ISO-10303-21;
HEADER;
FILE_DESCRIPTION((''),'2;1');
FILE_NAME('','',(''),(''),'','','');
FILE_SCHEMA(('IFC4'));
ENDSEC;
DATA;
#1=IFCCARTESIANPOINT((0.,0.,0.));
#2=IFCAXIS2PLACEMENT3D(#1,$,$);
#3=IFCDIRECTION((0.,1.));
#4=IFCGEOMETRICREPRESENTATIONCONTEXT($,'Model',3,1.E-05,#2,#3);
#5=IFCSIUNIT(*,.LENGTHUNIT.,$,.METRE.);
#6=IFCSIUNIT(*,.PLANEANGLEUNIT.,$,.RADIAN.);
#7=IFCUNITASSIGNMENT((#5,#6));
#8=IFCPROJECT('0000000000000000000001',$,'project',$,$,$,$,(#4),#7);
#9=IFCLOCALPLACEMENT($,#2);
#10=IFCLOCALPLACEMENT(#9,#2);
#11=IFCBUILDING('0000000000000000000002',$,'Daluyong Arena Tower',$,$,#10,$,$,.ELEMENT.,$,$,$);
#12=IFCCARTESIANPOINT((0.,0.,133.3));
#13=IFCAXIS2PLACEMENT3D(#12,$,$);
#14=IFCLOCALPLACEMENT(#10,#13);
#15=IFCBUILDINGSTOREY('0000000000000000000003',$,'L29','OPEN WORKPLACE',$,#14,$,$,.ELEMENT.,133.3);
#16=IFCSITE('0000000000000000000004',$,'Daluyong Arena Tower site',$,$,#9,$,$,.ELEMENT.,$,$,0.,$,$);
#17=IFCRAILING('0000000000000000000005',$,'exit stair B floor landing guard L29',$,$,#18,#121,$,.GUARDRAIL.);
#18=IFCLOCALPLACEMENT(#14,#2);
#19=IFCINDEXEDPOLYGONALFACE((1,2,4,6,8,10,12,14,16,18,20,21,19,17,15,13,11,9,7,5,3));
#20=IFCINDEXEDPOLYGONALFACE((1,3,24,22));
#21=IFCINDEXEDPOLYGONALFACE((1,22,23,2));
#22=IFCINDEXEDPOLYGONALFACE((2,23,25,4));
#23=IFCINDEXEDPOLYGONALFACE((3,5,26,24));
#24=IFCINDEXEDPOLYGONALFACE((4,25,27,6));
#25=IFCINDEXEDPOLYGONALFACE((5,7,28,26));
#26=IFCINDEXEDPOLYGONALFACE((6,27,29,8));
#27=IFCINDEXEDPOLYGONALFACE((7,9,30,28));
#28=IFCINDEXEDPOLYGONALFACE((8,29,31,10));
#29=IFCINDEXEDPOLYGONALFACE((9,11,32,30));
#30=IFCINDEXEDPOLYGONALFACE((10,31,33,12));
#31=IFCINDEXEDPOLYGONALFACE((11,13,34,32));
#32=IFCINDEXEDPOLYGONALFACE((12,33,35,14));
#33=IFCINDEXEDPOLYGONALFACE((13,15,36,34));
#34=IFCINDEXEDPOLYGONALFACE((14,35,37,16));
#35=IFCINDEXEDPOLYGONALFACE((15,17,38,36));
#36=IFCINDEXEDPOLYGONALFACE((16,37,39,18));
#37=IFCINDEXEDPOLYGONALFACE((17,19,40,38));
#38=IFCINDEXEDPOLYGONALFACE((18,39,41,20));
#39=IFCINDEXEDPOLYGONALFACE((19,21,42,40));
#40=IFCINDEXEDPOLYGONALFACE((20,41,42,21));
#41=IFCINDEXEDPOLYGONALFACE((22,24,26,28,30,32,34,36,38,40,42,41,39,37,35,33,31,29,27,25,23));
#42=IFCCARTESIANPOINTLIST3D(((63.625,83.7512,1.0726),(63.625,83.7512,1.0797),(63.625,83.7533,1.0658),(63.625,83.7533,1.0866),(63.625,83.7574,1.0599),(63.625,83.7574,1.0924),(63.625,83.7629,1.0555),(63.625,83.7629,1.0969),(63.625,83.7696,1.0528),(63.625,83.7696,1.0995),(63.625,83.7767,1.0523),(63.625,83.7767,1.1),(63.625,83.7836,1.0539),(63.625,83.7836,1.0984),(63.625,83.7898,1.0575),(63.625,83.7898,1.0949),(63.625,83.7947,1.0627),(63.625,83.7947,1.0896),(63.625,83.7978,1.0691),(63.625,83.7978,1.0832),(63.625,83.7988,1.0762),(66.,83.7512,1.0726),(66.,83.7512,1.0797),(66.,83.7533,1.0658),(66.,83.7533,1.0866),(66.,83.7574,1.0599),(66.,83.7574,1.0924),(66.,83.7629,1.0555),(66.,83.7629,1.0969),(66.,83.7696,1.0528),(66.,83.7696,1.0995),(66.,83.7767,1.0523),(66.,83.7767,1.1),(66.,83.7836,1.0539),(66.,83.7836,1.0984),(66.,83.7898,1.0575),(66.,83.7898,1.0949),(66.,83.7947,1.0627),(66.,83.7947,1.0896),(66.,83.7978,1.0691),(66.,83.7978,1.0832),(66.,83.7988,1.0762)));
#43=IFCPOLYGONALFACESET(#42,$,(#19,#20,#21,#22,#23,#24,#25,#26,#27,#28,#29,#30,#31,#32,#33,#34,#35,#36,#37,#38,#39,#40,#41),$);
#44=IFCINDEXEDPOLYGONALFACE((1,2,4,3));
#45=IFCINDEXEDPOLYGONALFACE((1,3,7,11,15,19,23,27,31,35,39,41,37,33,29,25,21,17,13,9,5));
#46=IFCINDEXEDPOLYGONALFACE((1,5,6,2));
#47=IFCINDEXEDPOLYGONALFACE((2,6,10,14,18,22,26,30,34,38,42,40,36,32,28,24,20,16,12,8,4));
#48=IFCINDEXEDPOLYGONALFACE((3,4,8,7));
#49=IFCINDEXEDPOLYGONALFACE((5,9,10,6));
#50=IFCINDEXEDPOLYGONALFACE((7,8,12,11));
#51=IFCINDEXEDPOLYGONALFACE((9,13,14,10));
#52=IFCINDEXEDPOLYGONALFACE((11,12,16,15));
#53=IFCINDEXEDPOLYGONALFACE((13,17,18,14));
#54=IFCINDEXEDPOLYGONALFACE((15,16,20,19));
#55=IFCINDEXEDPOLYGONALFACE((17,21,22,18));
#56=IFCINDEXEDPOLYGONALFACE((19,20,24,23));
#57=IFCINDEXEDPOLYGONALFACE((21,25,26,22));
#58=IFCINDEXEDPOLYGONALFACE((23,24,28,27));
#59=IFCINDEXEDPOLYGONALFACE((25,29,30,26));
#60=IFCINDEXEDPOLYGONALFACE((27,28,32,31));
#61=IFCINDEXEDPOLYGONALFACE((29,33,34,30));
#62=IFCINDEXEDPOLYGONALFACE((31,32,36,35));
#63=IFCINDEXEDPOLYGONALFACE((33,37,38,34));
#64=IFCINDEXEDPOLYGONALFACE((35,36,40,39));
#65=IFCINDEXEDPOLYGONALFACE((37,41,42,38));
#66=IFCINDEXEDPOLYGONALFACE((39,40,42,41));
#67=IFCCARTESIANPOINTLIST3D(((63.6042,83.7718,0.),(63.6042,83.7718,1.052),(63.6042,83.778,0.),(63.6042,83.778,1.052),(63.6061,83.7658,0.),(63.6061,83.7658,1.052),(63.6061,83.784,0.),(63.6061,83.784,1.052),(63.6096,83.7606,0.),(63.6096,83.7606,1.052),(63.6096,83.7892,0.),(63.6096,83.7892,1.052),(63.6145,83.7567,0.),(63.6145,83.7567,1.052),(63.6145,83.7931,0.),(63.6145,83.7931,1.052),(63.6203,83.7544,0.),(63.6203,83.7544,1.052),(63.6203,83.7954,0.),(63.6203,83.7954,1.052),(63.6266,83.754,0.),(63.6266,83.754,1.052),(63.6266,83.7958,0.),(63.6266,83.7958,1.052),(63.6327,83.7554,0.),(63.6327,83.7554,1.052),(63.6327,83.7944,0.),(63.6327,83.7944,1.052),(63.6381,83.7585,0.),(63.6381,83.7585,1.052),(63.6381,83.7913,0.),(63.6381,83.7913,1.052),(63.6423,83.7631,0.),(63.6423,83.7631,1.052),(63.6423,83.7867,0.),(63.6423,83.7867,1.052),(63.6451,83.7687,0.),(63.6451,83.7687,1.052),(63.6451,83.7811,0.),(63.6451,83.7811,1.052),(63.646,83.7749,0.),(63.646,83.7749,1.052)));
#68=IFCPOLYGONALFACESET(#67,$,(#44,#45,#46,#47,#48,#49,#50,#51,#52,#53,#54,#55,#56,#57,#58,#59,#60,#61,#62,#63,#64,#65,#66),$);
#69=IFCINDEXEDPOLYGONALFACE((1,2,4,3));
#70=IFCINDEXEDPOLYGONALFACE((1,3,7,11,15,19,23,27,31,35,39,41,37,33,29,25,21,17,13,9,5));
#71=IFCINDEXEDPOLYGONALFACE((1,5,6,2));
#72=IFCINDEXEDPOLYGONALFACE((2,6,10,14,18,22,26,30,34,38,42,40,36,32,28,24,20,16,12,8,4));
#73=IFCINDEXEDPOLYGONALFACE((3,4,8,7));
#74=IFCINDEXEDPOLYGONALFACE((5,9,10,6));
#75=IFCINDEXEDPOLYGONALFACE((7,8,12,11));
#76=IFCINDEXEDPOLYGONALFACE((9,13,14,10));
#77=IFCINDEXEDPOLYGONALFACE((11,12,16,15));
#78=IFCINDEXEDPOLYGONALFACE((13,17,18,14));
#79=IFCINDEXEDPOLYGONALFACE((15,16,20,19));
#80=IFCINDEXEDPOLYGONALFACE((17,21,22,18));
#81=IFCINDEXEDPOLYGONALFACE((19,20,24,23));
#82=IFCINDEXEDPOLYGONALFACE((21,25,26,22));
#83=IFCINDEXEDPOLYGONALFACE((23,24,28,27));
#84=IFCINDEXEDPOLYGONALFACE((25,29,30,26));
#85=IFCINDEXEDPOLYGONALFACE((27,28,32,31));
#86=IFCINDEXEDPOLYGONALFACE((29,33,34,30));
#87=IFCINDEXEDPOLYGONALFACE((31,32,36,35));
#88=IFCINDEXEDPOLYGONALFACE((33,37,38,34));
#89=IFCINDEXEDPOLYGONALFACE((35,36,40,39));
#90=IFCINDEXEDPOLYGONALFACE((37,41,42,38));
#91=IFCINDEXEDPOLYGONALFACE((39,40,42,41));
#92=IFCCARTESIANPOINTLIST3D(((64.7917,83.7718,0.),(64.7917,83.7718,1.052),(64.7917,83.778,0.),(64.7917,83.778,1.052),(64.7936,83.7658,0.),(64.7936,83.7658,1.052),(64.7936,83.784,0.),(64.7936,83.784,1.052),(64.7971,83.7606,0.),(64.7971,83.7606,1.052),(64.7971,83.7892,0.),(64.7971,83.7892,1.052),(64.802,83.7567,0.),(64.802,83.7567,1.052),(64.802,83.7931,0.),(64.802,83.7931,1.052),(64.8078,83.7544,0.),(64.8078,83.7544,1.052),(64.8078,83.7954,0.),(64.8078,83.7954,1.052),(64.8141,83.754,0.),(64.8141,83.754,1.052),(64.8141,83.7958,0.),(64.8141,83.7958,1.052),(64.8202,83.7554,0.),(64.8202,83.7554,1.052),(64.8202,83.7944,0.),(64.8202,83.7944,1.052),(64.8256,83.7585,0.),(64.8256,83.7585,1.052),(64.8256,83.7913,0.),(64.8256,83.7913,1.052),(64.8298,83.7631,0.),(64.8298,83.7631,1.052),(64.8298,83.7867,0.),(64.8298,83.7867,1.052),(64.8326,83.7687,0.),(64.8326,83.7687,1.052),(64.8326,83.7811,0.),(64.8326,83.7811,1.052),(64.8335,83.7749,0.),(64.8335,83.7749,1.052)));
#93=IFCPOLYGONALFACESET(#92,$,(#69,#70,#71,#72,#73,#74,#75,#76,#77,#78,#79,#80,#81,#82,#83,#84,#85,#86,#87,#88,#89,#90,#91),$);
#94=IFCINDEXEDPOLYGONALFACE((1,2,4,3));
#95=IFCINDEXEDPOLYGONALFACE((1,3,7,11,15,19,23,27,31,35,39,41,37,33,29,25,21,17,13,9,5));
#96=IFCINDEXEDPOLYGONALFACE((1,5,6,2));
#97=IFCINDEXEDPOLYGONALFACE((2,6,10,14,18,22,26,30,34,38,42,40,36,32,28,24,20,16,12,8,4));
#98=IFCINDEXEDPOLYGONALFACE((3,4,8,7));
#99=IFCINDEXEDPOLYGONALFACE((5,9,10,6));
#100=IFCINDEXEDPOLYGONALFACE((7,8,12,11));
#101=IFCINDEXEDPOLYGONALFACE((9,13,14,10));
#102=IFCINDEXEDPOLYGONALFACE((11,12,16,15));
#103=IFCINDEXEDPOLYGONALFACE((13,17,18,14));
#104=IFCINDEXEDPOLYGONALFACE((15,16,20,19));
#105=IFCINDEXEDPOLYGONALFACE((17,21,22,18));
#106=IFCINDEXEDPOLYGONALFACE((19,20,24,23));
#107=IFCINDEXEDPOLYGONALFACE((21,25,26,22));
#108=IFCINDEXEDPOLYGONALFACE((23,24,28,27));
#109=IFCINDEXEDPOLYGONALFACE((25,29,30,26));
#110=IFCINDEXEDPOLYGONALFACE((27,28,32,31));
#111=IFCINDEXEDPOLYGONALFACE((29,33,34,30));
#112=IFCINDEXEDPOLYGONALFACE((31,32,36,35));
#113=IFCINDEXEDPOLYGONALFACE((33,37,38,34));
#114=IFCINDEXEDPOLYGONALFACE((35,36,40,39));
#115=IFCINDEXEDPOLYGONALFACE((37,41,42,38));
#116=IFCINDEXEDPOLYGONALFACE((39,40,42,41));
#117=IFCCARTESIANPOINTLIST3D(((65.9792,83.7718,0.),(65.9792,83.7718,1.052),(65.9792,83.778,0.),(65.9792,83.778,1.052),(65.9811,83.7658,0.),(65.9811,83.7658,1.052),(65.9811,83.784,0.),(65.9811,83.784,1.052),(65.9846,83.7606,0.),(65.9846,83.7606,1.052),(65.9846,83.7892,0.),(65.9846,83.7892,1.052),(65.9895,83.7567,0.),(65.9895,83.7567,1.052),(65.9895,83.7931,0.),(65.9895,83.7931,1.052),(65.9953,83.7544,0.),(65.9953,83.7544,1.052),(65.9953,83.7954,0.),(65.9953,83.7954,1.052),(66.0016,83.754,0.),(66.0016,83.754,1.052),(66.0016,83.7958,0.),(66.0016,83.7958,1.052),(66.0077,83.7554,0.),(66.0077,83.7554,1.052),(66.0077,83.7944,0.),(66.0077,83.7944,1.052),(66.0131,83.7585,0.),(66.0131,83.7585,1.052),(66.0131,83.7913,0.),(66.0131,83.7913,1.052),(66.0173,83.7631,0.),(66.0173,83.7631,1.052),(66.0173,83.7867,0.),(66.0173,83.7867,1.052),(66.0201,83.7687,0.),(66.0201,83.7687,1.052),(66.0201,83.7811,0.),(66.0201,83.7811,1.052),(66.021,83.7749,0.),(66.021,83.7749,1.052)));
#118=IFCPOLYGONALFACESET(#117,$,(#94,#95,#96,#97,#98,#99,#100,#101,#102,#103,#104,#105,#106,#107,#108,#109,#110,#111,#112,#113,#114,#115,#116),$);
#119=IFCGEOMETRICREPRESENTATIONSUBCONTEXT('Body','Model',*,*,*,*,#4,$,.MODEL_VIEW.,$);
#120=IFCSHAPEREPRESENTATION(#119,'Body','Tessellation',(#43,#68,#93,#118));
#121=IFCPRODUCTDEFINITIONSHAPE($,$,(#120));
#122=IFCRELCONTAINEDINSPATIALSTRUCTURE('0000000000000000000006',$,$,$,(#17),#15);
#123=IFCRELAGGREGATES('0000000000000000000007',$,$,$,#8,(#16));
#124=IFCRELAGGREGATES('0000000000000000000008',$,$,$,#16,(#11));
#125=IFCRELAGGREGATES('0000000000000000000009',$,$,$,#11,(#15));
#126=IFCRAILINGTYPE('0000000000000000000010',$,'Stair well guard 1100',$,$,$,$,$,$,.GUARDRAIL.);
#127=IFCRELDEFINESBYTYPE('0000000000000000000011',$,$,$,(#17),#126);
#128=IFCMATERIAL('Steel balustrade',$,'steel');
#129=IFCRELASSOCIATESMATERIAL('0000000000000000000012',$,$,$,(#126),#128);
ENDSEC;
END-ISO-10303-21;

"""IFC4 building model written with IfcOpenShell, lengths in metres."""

from ifc_helpers import new_model, si_unit, direction, frame, origin, origin_2d, place, context, subcontext, project, spatial, circle, extrude, material, type_object, element, save


model = new_model("IFC4")

# Units and contexts
model_context = context("Model", 3, precision=1e-05, world=origin(), true_north=direction((0.0, 1.0)))
body_context = subcontext(model_context, "Body", "Model", "MODEL_VIEW")
ifc_project = project(units=[si_unit("LENGTHUNIT", "METRE"), si_unit("PLANEANGLEUNIT", "RADIAN")], contexts=[model_context])

# Site, building, storey
site_placement = place(None, origin())
site = spatial("IfcSite", under=ifc_project, at=site_placement, Name="Daluyong Arena Tower site", CompositionType="ELEMENT", RefElevation=0.0)
building_placement = place(site_placement, origin())
building = spatial("IfcBuilding", under=site, at=building_placement, Name="Daluyong Arena Tower", CompositionType="ELEMENT")
storey_placement = place(building_placement, frame((0.0, 0.0, 133.3)))
storey = spatial("IfcBuildingStorey", under=building, at=storey_placement, Name="L29", Description="OPEN WORKPLACE", CompositionType="ELEMENT", Elevation=133.3)

# Railing
ifc_material_1 = material(Name="Steel balustrade", Category="steel")
railing_type_1 = type_object("IfcRailingType", Name="Stair well guard 1100", PredefinedType="GUARDRAIL", material=ifc_material_1)
railing_1_placement = place(storey_placement, frame((63.625, 83.7749, 0.0)))
element("IfcRailing", 1, at=railing_1_placement, inside=storey, type_object=railing_type_1, Name="exit stair B floor landing guard L29", PredefinedType="GUARDRAIL", context=body_context, shape_type="SweptSolid", body=[
    extrude(circle(Radius=0.0239, at=origin_2d()), frame((0.0, 0.0, 1.0762), z_axis=(1.0, 0.0, 0.0), x_axis=(0.0, 1.0, 0.0)), (0.0, 0.0, 1.0), 2.375),
    extrude(circle(Radius=0.021, at=origin_2d()), origin(), (0.0, 0.0, 1.0), 1.052),
    extrude(circle(Radius=0.021, at=origin_2d()), frame((1.1875, 0.0, 0.0)), (0.0, 0.0, 1.0), 1.052),
    extrude(circle(Radius=0.021, at=origin_2d()), frame((2.375, 0.0, 0.0)), (0.0, 0.0, 1.0), 1.052),
])

save(model, "model.ifc")
